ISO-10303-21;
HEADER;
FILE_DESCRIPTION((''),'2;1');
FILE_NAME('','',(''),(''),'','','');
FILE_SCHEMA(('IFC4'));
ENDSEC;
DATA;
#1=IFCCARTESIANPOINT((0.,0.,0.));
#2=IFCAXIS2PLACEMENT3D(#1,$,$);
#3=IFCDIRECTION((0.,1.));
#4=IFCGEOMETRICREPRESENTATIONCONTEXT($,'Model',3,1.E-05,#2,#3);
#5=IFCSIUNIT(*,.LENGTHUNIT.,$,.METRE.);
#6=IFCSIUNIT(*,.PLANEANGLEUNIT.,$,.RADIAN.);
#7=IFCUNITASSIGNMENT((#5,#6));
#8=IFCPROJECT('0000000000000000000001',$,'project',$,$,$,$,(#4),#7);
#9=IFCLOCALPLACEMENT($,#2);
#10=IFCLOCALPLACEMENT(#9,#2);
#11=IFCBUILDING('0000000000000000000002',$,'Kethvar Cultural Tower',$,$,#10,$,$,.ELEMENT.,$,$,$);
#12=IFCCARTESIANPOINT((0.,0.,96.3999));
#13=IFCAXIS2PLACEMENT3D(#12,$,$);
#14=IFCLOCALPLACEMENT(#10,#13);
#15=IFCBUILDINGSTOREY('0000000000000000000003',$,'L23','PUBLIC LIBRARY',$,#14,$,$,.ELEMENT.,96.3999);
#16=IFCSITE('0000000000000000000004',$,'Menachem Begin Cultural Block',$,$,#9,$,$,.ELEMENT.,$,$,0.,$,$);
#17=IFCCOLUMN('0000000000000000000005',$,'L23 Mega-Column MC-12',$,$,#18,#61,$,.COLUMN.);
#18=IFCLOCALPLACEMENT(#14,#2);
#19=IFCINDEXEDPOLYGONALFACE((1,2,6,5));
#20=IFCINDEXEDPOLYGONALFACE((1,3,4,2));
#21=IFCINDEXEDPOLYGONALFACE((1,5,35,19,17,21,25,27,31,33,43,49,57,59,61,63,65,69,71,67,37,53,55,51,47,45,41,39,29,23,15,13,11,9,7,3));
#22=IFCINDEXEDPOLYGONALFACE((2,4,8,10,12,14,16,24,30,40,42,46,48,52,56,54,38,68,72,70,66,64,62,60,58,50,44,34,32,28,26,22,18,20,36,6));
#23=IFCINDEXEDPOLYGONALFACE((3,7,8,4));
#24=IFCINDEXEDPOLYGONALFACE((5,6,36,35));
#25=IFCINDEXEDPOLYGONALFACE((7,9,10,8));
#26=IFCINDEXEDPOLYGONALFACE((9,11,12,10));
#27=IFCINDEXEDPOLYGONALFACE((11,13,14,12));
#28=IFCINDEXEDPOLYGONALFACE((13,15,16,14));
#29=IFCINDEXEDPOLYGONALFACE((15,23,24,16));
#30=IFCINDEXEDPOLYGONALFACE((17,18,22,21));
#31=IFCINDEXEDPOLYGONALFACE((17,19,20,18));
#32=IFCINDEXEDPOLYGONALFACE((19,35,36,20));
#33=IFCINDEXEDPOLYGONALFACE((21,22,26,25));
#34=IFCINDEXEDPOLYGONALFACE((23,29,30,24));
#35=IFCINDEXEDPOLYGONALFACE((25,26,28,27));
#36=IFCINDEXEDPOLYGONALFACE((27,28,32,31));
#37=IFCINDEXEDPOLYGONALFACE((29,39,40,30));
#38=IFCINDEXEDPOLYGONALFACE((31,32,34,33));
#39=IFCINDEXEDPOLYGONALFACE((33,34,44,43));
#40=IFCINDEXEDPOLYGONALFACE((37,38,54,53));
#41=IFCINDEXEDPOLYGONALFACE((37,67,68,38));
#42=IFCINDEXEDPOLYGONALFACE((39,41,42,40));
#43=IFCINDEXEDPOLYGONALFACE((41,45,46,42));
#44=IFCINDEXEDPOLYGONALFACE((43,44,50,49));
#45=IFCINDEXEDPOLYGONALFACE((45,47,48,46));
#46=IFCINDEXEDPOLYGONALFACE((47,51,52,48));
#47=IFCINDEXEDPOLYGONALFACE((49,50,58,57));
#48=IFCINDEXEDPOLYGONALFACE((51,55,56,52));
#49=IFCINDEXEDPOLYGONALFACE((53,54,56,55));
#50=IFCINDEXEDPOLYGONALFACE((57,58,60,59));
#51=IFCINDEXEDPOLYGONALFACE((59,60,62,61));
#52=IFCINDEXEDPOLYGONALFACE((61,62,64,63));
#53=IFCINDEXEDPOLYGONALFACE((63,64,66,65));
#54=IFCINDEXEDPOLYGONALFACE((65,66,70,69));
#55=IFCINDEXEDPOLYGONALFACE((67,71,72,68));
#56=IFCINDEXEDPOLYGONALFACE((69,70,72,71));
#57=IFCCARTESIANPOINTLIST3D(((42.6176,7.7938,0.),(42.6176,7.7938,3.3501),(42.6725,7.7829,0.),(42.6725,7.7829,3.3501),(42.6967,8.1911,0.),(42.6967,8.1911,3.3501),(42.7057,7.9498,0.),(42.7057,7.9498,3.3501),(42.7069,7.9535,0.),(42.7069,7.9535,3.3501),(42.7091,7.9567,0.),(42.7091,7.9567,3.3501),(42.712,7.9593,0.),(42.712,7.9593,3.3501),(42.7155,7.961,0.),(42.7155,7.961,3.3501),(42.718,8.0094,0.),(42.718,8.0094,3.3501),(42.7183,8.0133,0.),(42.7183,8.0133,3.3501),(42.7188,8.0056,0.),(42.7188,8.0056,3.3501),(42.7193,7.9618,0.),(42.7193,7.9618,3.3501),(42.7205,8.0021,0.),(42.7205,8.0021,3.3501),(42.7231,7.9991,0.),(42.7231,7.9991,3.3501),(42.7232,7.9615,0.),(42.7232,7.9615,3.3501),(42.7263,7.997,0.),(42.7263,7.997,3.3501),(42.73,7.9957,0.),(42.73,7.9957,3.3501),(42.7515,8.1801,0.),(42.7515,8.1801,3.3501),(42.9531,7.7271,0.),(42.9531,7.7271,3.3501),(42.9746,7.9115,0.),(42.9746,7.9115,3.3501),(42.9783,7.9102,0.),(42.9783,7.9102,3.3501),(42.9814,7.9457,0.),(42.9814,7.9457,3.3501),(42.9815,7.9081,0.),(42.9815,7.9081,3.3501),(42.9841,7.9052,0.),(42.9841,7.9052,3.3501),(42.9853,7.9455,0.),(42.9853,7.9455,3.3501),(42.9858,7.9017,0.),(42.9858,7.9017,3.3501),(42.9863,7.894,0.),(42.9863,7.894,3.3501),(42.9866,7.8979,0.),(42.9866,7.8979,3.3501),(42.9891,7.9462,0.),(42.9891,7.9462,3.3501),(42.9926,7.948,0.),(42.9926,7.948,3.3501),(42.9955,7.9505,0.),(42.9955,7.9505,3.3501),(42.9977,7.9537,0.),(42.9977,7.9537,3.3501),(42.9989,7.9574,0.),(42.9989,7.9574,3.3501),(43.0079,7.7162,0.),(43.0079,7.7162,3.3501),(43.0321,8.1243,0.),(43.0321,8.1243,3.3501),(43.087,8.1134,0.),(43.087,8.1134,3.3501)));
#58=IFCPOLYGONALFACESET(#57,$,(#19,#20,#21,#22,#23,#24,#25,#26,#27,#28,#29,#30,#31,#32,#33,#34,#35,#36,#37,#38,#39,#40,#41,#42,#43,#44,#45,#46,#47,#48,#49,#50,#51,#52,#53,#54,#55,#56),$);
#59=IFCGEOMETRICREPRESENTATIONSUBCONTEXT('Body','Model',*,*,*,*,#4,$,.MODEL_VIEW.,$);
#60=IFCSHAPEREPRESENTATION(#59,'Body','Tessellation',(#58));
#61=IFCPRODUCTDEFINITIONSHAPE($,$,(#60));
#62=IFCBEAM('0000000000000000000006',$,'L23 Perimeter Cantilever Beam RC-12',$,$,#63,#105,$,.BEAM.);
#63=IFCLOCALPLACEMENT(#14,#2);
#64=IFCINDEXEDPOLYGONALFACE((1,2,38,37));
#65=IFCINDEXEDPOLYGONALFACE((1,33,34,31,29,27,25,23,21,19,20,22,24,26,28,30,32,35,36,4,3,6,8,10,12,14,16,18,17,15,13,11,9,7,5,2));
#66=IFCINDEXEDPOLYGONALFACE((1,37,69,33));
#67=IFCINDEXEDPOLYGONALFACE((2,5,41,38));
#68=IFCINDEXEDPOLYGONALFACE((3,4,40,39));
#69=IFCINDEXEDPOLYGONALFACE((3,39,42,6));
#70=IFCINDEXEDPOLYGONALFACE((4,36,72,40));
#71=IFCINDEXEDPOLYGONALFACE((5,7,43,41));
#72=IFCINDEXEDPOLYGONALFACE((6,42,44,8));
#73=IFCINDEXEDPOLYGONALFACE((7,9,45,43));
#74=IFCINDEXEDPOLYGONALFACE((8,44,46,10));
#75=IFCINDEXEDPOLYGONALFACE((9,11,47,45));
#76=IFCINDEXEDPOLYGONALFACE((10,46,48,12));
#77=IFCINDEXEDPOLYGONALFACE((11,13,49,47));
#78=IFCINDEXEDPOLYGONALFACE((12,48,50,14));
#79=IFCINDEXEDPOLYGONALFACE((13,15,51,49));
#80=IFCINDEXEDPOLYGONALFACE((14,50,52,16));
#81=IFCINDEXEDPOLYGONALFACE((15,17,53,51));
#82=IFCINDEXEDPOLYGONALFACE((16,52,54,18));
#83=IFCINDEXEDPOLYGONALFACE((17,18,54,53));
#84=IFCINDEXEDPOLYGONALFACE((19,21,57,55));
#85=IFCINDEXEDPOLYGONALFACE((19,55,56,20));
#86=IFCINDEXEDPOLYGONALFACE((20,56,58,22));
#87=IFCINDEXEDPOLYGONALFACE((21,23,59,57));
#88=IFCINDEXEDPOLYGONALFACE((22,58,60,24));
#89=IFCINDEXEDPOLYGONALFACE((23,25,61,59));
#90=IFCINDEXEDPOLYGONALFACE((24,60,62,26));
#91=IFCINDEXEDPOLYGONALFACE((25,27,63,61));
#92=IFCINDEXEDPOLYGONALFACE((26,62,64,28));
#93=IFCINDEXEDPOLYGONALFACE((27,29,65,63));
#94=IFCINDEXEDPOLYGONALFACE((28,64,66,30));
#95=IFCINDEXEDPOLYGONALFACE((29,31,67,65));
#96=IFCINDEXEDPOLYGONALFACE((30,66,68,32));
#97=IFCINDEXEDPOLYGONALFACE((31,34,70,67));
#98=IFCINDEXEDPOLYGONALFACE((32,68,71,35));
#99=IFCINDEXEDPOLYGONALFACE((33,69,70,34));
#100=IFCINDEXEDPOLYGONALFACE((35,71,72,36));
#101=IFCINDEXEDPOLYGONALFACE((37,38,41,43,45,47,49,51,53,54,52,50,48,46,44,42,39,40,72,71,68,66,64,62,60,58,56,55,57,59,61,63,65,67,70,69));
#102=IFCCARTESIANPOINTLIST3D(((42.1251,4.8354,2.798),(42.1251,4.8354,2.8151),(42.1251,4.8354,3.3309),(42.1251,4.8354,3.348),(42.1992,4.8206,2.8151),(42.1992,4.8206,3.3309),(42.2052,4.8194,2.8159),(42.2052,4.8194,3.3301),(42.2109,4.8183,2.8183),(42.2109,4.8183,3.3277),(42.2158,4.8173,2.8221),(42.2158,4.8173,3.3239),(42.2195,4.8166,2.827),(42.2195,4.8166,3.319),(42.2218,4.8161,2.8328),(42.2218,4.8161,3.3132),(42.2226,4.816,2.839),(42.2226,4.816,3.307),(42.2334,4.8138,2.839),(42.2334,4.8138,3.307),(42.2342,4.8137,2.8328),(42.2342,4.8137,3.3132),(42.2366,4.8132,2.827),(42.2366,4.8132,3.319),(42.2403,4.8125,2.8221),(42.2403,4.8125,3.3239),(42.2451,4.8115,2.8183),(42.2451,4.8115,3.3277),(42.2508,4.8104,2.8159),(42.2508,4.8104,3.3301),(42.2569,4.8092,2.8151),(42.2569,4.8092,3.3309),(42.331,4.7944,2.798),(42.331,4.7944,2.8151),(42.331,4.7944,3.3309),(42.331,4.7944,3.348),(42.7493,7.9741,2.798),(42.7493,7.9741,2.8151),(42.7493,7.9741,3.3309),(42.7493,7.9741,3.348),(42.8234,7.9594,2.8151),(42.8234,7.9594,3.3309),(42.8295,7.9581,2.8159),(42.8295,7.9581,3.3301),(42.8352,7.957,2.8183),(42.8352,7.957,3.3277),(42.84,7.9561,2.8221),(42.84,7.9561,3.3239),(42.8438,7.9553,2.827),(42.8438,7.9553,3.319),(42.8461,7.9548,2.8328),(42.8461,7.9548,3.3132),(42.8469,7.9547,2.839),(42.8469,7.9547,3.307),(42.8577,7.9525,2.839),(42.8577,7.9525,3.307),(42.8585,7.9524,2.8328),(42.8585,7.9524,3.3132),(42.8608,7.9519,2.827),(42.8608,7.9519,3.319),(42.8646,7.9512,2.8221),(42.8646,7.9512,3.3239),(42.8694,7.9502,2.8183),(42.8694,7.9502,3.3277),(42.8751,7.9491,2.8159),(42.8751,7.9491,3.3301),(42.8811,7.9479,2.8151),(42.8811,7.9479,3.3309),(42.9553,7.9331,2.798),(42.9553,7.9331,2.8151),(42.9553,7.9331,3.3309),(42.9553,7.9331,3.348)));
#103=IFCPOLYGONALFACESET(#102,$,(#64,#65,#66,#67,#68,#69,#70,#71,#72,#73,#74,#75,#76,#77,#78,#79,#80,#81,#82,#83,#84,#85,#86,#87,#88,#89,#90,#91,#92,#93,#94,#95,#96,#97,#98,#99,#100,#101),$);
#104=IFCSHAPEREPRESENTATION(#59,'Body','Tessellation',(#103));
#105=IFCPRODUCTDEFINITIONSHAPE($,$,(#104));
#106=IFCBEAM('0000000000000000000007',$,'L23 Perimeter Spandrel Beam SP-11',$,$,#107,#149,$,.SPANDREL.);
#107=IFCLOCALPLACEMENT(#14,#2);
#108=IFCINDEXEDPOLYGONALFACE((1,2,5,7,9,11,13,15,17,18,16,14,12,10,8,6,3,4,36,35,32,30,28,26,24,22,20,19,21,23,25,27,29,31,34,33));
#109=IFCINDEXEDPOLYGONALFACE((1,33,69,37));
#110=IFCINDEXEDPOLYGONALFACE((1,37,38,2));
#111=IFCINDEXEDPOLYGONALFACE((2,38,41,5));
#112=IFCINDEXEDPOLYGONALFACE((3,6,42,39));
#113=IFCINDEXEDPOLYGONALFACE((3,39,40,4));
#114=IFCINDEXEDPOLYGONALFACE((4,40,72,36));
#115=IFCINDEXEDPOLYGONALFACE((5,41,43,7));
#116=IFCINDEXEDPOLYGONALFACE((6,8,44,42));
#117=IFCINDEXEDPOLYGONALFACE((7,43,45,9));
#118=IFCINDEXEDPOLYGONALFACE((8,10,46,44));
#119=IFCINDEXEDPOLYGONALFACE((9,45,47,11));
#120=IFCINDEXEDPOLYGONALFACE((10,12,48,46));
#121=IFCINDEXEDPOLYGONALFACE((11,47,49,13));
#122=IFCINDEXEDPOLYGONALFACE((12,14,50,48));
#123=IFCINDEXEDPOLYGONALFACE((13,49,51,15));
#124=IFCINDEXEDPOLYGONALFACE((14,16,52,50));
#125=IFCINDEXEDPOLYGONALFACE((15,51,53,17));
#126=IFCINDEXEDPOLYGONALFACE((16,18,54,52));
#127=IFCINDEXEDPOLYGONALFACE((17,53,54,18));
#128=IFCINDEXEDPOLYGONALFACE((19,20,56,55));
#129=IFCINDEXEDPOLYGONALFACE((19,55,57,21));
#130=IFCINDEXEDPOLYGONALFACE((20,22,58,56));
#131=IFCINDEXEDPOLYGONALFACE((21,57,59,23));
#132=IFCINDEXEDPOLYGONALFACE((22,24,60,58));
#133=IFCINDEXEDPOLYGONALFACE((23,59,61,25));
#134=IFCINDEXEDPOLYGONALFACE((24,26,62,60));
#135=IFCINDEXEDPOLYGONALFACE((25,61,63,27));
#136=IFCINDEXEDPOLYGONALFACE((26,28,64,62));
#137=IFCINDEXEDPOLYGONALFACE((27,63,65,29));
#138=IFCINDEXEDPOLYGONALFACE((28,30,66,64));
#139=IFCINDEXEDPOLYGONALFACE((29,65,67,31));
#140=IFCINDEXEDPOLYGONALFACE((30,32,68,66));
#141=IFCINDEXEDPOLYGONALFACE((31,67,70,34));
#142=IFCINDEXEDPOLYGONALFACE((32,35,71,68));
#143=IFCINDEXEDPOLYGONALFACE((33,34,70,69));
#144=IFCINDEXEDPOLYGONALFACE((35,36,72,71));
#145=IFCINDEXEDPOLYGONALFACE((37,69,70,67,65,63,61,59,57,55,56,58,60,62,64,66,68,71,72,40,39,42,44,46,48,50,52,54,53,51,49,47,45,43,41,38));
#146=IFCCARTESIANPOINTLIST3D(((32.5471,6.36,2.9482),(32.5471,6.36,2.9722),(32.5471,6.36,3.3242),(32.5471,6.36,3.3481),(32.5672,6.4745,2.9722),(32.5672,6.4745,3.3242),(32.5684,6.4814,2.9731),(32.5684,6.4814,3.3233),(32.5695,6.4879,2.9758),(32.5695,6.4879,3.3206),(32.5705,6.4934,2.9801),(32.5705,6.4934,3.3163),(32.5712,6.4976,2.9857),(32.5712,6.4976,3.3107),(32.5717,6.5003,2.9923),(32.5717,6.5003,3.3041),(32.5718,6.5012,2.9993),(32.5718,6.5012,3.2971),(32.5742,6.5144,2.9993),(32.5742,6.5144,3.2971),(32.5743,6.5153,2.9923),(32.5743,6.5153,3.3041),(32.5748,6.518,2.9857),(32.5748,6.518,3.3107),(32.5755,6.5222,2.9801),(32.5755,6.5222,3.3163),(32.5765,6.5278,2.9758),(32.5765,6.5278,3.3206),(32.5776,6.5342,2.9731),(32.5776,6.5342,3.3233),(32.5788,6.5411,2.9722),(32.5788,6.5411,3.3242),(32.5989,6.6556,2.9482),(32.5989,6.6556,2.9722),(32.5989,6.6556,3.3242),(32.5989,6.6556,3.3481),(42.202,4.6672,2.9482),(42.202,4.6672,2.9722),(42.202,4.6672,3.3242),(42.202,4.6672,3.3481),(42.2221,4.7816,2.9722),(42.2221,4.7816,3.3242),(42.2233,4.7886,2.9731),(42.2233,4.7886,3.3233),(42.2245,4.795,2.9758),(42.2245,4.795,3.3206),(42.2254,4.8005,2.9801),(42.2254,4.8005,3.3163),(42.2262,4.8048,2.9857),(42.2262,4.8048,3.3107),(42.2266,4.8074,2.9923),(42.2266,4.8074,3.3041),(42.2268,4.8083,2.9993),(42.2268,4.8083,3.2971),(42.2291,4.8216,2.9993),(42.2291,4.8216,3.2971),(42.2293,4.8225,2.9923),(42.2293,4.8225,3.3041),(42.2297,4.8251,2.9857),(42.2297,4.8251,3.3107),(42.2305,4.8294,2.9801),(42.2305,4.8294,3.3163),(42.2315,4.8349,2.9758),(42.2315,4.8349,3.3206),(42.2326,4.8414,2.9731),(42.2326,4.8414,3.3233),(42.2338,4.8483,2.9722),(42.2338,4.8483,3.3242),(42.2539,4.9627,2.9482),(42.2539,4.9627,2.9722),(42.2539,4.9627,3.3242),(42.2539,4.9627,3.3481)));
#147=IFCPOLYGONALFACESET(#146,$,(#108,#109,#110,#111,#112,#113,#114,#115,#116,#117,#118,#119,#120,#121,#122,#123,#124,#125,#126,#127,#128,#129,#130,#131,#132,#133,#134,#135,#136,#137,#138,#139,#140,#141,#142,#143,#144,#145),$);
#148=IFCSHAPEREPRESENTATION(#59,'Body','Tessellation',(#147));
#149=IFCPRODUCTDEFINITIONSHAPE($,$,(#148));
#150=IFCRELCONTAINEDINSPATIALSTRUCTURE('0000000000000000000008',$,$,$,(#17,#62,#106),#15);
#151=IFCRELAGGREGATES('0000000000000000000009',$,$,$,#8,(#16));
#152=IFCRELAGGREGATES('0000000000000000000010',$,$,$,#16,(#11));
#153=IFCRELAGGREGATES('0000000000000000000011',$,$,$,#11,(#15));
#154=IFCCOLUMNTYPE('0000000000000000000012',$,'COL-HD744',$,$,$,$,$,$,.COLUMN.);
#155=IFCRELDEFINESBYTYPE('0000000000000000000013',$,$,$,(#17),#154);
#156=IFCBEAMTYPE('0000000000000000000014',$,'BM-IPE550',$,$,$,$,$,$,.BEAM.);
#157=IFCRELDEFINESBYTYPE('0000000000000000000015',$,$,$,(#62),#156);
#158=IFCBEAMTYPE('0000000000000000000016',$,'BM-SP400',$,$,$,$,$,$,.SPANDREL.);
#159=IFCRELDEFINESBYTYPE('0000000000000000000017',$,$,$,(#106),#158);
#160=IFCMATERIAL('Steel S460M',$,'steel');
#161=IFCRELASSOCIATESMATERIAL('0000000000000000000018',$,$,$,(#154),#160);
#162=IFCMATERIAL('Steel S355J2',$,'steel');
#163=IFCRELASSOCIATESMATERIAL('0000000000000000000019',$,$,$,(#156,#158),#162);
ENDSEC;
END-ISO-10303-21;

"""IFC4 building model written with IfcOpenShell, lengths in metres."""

from ifc_helpers import new_model, si_unit, direction, frame, origin, origin_2d, place, context, subcontext, project, spatial, i_section, extrude, source, transform, mapped, material, material_profile, profile_set, type_object, element, save


model = new_model("IFC4")

# Units and contexts
model_context = context("Model", 3, precision=1e-05, world=origin(), true_north=direction((0.0, 1.0)))
body_context = subcontext(model_context, "Body", "Model", "MODEL_VIEW")
ifc_project = project(units=[si_unit("LENGTHUNIT", "METRE"), si_unit("PLANEANGLEUNIT", "RADIAN")], contexts=[model_context])

# Site, building, storey
site_placement = place(None, origin())
site = spatial("IfcSite", under=ifc_project, at=site_placement, Name="Menachem Begin Cultural Block", CompositionType="ELEMENT", RefElevation=0.0)
building_placement = place(site_placement, origin())
building = spatial("IfcBuilding", under=site, at=building_placement, Name="Kethvar Cultural Tower", CompositionType="ELEMENT")
storey_placement = place(building_placement, frame((0.0, 0.0, 96.3999)))
storey = spatial("IfcBuildingStorey", under=building, at=storey_placement, Name="L23", Description="PUBLIC LIBRARY", CompositionType="ELEMENT", Elevation=96.3999)

# Column
ifc_material_1 = material(Name="Steel S460M", Category="steel")
ifc_material_profile_1 = material_profile(ifc_material_1, i_section(OverallWidth=0.405, OverallDepth=0.3979, WebThickness=0.0349, FlangeThickness=0.0559, FilletRadius=0.0149, at=origin_2d()), Name="Steel S460M — HD400x744")
ifc_profile_set_1 = profile_set([ifc_material_profile_1], Name="Steel S460M — HD400x744")
column_type = type_object("IfcColumnType", Name="COL-HD744", PredefinedType="COLUMN", material=ifc_profile_set_1)
shared_shape_1 = source(origin(), body_context, "Body", "SweptSolid", [
    extrude(i_section(OverallWidth=0.405, OverallDepth=0.3979, WebThickness=0.0349, FlangeThickness=0.0559, FilletRadius=0.0149, at=origin_2d()), origin(), (0.0, 0.0, 1.0), 3.3501),
])
column_placement = place(storey_placement, frame((42.8523, 7.9536, 0.0), z_axis=(0.0, 0.0, 1.0), x_axis=(-0.19509, -0.980785, 0.0)))
element("IfcColumn", 1, at=column_placement, inside=storey, type_object=column_type, Name="L23 Mega-Column MC-12", PredefinedType="COLUMN", context=body_context, shape_type="MappedRepresentation", body=[
    mapped(shared_shape_1, transform((0.0, 0.0, 0.0), scale=1.0)),
])

# Beams
ifc_material_2 = material(Name="Steel S355J2", Category="steel")
ifc_material_profile_2 = material_profile(ifc_material_2, i_section(OverallWidth=0.21, OverallDepth=0.55, WebThickness=0.011, FlangeThickness=0.0171, FilletRadius=0.0239, at=origin_2d()), Name="Steel S355J2 — IPE550")
ifc_profile_set_2 = profile_set([ifc_material_profile_2], Name="Steel S355J2 — IPE550")
beam_type_1 = type_object("IfcBeamType", Name="BM-IPE550", PredefinedType="BEAM", material=ifc_profile_set_2)
shared_shape_2 = source(origin(), body_context, "Body", "SweptSolid", [
    extrude(i_section(OverallWidth=0.21, OverallDepth=0.55, WebThickness=0.011, FlangeThickness=0.0171, FilletRadius=0.0239, at=origin_2d()), origin(), (0.0, 0.0, 1.0), 3.2002),
])
beam_1_placement = place(storey_placement, frame((42.8523, 7.9536, 3.073), z_axis=(-0.195074, -0.980788, 0.0), x_axis=(0.980788, -0.195074, 0.0)))
element("IfcBeam", 2, at=beam_1_placement, inside=storey, type_object=beam_type_1, Name="L23 Perimeter Cantilever Beam RC-12", PredefinedType="BEAM", context=body_context, shape_type="MappedRepresentation", body=[
    mapped(shared_shape_2, transform((0.0, 0.0, 0.0), scale=1.0)),
])
ifc_material_profile_3 = material_profile(ifc_material_2, i_section(OverallWidth=0.3, OverallDepth=0.3999, WebThickness=0.0134, FlangeThickness=0.0239, FilletRadius=0.0271, at=origin_2d()), Name="Steel S355J2 — HEB400")
ifc_profile_set_3 = profile_set([ifc_material_profile_3], Name="Steel S355J2 — HEB400")
beam_type_2 = type_object("IfcBeamType", Name="BM-SP400", PredefinedType="SPANDREL", material=ifc_profile_set_3)
shared_shape_3 = source(origin(), body_context, "Body", "SweptSolid", [
    extrude(i_section(OverallWidth=0.3, OverallDepth=0.3999, WebThickness=0.0134, FlangeThickness=0.0239, FilletRadius=0.0271, at=origin_2d()), origin(), (0.0, 0.0, 1.0), 9.8022),
])
beam_2_placement = place(storey_placement, frame((32.573, 6.5078, 3.1482), z_axis=(0.984974, -0.172701, 0.0), x_axis=(0.172701, 0.984974, 0.0)))
element("IfcBeam", 3, at=beam_2_placement, inside=storey, type_object=beam_type_2, Name="L23 Perimeter Spandrel Beam SP-11", PredefinedType="SPANDREL", context=body_context, shape_type="MappedRepresentation", body=[
    mapped(shared_shape_3, transform((0.0, 0.0, 0.0), scale=1.0)),
])

save(model, "model.ifc")
